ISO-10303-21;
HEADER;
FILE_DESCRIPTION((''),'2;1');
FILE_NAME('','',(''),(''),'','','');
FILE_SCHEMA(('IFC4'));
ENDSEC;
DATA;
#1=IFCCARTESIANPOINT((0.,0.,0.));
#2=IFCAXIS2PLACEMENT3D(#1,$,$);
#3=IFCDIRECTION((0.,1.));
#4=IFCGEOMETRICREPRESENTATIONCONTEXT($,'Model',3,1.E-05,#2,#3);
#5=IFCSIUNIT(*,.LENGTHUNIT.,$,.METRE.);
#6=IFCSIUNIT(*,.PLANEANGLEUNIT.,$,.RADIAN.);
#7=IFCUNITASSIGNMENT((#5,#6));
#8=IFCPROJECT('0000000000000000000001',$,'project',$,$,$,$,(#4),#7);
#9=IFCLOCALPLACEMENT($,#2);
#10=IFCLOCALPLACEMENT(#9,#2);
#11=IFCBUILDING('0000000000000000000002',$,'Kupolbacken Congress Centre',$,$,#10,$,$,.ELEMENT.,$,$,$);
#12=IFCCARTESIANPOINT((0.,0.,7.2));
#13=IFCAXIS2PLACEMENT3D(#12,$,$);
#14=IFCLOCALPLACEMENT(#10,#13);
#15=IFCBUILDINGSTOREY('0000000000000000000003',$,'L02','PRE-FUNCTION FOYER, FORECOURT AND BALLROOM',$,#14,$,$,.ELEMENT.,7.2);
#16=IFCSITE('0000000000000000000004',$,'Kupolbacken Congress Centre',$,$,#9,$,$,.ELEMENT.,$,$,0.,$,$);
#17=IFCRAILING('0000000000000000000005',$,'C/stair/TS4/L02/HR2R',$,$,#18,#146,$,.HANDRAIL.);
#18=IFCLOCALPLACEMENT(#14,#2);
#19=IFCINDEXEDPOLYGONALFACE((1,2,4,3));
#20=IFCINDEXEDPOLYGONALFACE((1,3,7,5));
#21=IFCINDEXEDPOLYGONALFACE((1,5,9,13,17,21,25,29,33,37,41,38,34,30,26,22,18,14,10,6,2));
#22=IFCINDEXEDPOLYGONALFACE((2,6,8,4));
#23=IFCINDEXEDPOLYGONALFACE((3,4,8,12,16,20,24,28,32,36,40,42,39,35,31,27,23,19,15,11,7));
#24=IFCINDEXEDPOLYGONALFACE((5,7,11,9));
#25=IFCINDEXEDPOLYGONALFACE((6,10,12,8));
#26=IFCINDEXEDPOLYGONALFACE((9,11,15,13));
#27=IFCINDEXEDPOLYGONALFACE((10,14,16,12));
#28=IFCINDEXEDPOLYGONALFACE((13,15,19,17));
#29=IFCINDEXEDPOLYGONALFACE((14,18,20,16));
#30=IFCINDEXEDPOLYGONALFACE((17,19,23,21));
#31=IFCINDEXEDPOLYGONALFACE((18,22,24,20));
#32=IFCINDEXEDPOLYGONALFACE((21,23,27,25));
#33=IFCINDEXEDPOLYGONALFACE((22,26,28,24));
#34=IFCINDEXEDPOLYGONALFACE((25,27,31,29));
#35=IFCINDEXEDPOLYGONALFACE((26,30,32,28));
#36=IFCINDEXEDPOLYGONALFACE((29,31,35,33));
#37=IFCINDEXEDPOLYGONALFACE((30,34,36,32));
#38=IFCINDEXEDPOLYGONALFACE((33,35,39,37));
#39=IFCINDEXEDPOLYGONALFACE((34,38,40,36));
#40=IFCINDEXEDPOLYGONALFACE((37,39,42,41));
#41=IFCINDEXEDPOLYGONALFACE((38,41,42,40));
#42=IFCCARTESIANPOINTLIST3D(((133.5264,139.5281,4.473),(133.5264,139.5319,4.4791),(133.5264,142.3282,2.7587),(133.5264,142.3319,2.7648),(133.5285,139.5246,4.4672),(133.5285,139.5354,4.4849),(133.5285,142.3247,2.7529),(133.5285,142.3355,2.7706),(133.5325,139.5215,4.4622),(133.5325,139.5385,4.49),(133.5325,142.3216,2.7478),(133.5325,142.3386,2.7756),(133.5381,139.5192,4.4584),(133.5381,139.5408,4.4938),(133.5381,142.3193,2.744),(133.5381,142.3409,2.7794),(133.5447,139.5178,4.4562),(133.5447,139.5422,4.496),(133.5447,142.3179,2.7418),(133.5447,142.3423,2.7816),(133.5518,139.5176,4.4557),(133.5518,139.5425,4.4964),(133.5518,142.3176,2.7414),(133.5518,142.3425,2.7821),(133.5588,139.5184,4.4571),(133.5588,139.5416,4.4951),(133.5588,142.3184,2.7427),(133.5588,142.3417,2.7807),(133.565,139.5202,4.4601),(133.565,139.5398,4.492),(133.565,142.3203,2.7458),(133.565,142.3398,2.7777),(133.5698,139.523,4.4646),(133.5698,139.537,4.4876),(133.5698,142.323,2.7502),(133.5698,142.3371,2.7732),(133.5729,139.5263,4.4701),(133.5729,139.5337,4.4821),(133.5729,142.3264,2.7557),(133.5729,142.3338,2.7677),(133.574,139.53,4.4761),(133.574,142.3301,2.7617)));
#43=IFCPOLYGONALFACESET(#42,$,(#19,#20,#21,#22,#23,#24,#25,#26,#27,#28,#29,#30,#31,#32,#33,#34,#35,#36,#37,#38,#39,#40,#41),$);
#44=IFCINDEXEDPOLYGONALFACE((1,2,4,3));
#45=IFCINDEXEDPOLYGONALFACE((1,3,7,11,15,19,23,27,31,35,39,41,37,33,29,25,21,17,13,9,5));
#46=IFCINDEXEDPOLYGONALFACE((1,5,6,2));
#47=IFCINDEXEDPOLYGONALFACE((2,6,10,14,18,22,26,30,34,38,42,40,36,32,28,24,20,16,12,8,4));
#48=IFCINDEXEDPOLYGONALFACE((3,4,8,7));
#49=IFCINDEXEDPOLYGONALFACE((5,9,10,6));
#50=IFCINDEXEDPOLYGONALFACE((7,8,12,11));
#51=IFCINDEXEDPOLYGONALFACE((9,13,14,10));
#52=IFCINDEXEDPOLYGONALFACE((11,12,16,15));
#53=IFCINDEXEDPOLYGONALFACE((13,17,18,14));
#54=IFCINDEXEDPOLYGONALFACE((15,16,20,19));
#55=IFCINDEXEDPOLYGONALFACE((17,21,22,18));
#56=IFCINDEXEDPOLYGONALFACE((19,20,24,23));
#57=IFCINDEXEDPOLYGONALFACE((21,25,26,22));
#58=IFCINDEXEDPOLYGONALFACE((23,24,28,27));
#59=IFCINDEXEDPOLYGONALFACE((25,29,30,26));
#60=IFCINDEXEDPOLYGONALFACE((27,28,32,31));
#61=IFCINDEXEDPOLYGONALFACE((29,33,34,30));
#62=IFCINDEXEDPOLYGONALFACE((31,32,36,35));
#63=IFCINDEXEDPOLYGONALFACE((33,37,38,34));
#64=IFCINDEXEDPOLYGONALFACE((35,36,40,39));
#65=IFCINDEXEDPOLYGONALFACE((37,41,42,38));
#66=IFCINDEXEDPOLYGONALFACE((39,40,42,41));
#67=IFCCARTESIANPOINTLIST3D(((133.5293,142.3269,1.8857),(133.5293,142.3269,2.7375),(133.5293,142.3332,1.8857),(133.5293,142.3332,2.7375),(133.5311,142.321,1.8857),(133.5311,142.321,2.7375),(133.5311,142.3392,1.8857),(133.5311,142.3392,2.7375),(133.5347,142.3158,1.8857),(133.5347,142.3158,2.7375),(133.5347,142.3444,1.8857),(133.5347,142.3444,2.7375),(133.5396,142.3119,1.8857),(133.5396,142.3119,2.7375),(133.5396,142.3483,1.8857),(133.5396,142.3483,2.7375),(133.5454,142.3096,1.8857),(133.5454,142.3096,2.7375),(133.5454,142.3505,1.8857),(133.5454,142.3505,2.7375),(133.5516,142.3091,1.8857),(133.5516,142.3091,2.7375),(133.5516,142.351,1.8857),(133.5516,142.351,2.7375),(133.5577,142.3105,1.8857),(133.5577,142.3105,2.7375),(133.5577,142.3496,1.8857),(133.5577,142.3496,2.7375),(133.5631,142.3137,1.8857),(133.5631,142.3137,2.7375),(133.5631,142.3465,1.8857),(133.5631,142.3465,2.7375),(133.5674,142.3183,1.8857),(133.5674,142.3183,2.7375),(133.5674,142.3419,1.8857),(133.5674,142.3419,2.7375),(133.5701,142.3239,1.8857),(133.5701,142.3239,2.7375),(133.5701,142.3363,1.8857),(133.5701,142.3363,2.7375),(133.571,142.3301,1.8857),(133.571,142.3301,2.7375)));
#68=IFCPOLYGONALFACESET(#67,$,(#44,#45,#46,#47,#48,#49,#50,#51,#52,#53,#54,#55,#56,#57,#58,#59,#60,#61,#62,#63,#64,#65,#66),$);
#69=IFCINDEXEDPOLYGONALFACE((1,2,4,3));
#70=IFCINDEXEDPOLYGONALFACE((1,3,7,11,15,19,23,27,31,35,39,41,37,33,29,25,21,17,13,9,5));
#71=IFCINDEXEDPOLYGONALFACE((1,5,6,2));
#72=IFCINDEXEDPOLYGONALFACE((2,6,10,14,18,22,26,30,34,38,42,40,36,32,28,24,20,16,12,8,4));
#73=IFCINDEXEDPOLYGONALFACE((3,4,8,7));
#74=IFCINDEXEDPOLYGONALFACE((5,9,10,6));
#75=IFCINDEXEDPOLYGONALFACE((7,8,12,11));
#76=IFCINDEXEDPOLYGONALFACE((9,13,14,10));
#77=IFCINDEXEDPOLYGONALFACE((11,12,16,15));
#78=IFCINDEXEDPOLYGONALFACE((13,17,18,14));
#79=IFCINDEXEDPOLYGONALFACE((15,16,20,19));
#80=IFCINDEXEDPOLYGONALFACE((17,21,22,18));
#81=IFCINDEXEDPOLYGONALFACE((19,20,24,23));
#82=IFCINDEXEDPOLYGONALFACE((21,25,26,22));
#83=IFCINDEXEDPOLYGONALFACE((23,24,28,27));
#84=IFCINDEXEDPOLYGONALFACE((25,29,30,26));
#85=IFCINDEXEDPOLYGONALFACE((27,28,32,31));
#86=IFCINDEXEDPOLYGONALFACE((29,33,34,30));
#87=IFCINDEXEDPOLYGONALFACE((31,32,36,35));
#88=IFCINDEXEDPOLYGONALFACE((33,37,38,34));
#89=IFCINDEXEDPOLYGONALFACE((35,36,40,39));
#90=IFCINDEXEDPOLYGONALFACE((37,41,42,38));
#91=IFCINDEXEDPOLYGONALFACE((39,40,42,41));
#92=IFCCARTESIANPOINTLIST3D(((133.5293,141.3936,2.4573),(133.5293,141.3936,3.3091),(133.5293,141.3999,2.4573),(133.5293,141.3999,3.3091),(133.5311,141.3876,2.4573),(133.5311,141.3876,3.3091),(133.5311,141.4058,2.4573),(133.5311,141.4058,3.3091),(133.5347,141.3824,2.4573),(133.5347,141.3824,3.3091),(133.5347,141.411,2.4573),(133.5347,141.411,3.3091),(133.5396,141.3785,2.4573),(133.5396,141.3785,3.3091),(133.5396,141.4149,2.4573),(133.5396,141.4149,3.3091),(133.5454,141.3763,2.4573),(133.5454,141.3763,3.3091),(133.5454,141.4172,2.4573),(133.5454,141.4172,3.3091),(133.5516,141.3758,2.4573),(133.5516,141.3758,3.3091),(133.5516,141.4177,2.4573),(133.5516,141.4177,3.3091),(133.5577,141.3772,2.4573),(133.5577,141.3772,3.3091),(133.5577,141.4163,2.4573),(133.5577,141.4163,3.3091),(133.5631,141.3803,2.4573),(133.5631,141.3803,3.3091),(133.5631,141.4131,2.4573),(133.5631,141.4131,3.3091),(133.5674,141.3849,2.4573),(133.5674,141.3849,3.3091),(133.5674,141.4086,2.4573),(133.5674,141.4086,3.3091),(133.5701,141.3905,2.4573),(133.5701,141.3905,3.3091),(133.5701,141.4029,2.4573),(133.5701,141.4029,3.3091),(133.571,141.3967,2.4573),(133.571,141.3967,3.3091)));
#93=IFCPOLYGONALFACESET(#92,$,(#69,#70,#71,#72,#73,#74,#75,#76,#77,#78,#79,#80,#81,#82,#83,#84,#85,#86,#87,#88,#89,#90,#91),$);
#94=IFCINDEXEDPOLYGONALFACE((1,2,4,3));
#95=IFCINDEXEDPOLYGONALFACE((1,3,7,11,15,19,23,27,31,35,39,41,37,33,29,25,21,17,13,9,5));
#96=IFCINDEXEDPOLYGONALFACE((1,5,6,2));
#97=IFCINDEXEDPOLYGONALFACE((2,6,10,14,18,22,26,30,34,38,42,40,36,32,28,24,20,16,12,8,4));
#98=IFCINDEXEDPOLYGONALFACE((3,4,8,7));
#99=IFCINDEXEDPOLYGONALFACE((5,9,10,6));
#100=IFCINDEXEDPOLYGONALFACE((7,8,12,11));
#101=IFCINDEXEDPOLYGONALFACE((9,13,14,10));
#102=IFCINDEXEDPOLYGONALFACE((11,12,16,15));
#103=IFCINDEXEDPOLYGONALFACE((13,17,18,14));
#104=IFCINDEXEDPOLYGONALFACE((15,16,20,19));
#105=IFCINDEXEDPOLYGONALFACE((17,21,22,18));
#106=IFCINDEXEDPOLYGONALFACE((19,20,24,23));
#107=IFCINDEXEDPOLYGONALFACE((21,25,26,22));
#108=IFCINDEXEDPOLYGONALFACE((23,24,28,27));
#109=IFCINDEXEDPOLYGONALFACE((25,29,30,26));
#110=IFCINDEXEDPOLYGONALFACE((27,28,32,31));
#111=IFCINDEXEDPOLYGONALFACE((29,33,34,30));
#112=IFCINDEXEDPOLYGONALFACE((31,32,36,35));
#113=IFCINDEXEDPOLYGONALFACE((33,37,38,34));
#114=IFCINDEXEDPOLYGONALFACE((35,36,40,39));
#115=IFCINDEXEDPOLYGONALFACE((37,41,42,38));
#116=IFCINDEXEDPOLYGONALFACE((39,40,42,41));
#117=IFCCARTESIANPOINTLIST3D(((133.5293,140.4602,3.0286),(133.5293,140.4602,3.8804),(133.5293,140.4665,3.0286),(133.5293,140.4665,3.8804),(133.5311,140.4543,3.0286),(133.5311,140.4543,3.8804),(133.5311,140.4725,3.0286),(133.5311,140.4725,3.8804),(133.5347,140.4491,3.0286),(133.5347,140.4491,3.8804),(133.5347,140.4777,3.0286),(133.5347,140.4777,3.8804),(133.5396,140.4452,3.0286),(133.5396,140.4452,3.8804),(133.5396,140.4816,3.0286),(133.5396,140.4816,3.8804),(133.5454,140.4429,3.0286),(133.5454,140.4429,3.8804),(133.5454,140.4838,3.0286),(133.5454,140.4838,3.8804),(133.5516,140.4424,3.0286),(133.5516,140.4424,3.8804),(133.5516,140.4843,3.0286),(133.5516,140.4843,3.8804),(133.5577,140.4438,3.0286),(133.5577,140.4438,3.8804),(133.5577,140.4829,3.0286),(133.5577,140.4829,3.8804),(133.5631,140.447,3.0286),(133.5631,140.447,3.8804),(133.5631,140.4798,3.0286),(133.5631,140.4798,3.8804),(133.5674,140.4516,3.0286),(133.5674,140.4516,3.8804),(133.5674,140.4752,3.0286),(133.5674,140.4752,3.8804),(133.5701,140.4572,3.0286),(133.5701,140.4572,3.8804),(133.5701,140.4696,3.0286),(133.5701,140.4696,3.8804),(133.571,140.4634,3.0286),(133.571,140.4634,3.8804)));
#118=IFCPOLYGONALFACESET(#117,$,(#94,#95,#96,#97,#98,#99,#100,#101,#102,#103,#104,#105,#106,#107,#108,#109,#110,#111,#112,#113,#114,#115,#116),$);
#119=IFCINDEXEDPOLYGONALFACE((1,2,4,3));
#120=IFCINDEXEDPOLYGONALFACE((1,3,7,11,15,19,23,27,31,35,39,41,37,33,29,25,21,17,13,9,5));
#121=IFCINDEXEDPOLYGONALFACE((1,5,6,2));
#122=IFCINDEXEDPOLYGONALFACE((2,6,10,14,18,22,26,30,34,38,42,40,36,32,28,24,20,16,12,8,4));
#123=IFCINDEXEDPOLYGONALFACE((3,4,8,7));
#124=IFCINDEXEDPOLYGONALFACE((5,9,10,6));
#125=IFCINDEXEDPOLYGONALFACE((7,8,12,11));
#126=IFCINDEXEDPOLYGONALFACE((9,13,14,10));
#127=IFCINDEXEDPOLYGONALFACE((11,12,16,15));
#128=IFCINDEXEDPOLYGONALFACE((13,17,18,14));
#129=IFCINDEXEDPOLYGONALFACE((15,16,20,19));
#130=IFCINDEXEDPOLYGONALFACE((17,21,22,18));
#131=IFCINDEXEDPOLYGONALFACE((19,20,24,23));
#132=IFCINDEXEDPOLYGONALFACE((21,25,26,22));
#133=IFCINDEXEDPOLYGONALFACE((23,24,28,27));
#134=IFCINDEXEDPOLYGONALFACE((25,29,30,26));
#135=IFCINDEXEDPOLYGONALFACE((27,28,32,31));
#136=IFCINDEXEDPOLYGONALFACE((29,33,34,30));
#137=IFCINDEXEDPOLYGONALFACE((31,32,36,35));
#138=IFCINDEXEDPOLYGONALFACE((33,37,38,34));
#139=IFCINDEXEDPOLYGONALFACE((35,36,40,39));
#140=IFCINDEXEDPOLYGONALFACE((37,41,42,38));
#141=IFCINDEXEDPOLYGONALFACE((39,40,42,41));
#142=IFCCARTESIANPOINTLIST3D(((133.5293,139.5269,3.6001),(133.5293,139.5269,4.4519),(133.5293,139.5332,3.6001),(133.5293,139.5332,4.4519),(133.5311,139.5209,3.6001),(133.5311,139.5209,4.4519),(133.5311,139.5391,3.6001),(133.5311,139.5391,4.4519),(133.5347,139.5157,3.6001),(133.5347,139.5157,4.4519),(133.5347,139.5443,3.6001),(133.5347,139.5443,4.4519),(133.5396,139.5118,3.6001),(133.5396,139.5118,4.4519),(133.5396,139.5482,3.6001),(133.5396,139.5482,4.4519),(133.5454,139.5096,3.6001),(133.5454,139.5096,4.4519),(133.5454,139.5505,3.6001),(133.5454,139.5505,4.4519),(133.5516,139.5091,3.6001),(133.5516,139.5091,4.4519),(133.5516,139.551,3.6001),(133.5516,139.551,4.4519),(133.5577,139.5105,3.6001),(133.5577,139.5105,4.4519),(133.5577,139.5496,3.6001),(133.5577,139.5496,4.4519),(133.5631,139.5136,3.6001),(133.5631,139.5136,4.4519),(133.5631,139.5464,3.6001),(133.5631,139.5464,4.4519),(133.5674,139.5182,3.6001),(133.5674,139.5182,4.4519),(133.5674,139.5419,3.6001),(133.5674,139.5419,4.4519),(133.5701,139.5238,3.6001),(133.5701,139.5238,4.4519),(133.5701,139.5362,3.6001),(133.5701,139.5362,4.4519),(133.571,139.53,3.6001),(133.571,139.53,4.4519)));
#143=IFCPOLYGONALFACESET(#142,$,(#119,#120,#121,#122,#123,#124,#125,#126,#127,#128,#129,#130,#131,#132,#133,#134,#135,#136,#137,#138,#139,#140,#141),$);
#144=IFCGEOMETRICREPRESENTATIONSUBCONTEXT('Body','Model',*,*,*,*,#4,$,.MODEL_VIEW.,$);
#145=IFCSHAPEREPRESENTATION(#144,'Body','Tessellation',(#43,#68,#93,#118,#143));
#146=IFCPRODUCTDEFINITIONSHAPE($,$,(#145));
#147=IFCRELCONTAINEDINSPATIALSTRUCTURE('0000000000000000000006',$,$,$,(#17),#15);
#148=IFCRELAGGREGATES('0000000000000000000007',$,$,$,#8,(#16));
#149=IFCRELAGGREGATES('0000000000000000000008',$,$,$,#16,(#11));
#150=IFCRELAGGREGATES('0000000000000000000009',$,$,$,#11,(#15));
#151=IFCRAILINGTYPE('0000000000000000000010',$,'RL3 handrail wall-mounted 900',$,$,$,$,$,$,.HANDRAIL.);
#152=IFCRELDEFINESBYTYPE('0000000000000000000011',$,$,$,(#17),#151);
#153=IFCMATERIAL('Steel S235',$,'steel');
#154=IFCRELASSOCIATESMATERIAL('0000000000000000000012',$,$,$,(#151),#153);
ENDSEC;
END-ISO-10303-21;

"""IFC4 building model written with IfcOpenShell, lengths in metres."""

from ifc_helpers import new_model, si_unit, direction, frame, origin, origin_2d, place, context, subcontext, project, spatial, circle, extrude, material, type_object, element, save


model = new_model("IFC4")

# Units and contexts
model_context = context("Model", 3, precision=1e-05, world=origin(), true_north=direction((0.0, 1.0)))
body_context = subcontext(model_context, "Body", "Model", "MODEL_VIEW")
ifc_project = project(units=[si_unit("LENGTHUNIT", "METRE"), si_unit("PLANEANGLEUNIT", "RADIAN")], contexts=[model_context])

# Site, building, storey
site_placement = place(None, origin())
site = spatial("IfcSite", under=ifc_project, at=site_placement, Name="Kupolbacken Congress Centre", CompositionType="ELEMENT", RefElevation=0.0)
building_placement = place(site_placement, origin())
building = spatial("IfcBuilding", under=site, at=building_placement, Name="Kupolbacken Congress Centre", CompositionType="ELEMENT")
storey_placement = place(building_placement, frame((0.0, 0.0, 7.2)))
storey = spatial("IfcBuildingStorey", under=building, at=storey_placement, Name="L02", Description="PRE-FUNCTION FOYER, FORECOURT AND BALLROOM", CompositionType="ELEMENT", Elevation=7.2)

# Railing
ifc_material_1 = material(Name="Steel S235", Category="steel")
railing_type = type_object("IfcRailingType", Name="RL3 handrail wall-mounted 900", PredefinedType="HANDRAIL", material=ifc_material_1)
for number, where, name in (
    (1, (133.55, 142.3301, 1.8857), "C/stair/TS4/L02/HR2R"),
):
    element("IfcRailing", number, at=place(storey_placement, frame(where)), inside=storey, type_object=railing_type, Name=name, PredefinedType="HANDRAIL", context=body_context, shape_type="SweptSolid", body=[
        extrude(circle(Radius=0.0239, at=origin_2d()), frame((0.0, 0.0, 0.876), z_axis=(0.0, -0.852846, 0.522163), x_axis=(1.0, 0.0, 0.0)), (0.0, 0.0, 1.0), 3.2832),
        extrude(circle(Radius=0.021, at=origin_2d()), origin(), (0.0, 0.0, 1.0), 0.8518),
        extrude(circle(Radius=0.021, at=origin_2d()), frame((0.0, -0.9333, 0.5715)), (0.0, 0.0, 1.0), 0.8518),
        extrude(circle(Radius=0.021, at=origin_2d()), frame((0.0, -1.8667, 1.1428)), (0.0, 0.0, 1.0), 0.8518),
        extrude(circle(Radius=0.021, at=origin_2d()), frame((0.0, -2.8, 1.7144)), (0.0, 0.0, 1.0), 0.8518),
    ])

save(model, "model.ifc")
